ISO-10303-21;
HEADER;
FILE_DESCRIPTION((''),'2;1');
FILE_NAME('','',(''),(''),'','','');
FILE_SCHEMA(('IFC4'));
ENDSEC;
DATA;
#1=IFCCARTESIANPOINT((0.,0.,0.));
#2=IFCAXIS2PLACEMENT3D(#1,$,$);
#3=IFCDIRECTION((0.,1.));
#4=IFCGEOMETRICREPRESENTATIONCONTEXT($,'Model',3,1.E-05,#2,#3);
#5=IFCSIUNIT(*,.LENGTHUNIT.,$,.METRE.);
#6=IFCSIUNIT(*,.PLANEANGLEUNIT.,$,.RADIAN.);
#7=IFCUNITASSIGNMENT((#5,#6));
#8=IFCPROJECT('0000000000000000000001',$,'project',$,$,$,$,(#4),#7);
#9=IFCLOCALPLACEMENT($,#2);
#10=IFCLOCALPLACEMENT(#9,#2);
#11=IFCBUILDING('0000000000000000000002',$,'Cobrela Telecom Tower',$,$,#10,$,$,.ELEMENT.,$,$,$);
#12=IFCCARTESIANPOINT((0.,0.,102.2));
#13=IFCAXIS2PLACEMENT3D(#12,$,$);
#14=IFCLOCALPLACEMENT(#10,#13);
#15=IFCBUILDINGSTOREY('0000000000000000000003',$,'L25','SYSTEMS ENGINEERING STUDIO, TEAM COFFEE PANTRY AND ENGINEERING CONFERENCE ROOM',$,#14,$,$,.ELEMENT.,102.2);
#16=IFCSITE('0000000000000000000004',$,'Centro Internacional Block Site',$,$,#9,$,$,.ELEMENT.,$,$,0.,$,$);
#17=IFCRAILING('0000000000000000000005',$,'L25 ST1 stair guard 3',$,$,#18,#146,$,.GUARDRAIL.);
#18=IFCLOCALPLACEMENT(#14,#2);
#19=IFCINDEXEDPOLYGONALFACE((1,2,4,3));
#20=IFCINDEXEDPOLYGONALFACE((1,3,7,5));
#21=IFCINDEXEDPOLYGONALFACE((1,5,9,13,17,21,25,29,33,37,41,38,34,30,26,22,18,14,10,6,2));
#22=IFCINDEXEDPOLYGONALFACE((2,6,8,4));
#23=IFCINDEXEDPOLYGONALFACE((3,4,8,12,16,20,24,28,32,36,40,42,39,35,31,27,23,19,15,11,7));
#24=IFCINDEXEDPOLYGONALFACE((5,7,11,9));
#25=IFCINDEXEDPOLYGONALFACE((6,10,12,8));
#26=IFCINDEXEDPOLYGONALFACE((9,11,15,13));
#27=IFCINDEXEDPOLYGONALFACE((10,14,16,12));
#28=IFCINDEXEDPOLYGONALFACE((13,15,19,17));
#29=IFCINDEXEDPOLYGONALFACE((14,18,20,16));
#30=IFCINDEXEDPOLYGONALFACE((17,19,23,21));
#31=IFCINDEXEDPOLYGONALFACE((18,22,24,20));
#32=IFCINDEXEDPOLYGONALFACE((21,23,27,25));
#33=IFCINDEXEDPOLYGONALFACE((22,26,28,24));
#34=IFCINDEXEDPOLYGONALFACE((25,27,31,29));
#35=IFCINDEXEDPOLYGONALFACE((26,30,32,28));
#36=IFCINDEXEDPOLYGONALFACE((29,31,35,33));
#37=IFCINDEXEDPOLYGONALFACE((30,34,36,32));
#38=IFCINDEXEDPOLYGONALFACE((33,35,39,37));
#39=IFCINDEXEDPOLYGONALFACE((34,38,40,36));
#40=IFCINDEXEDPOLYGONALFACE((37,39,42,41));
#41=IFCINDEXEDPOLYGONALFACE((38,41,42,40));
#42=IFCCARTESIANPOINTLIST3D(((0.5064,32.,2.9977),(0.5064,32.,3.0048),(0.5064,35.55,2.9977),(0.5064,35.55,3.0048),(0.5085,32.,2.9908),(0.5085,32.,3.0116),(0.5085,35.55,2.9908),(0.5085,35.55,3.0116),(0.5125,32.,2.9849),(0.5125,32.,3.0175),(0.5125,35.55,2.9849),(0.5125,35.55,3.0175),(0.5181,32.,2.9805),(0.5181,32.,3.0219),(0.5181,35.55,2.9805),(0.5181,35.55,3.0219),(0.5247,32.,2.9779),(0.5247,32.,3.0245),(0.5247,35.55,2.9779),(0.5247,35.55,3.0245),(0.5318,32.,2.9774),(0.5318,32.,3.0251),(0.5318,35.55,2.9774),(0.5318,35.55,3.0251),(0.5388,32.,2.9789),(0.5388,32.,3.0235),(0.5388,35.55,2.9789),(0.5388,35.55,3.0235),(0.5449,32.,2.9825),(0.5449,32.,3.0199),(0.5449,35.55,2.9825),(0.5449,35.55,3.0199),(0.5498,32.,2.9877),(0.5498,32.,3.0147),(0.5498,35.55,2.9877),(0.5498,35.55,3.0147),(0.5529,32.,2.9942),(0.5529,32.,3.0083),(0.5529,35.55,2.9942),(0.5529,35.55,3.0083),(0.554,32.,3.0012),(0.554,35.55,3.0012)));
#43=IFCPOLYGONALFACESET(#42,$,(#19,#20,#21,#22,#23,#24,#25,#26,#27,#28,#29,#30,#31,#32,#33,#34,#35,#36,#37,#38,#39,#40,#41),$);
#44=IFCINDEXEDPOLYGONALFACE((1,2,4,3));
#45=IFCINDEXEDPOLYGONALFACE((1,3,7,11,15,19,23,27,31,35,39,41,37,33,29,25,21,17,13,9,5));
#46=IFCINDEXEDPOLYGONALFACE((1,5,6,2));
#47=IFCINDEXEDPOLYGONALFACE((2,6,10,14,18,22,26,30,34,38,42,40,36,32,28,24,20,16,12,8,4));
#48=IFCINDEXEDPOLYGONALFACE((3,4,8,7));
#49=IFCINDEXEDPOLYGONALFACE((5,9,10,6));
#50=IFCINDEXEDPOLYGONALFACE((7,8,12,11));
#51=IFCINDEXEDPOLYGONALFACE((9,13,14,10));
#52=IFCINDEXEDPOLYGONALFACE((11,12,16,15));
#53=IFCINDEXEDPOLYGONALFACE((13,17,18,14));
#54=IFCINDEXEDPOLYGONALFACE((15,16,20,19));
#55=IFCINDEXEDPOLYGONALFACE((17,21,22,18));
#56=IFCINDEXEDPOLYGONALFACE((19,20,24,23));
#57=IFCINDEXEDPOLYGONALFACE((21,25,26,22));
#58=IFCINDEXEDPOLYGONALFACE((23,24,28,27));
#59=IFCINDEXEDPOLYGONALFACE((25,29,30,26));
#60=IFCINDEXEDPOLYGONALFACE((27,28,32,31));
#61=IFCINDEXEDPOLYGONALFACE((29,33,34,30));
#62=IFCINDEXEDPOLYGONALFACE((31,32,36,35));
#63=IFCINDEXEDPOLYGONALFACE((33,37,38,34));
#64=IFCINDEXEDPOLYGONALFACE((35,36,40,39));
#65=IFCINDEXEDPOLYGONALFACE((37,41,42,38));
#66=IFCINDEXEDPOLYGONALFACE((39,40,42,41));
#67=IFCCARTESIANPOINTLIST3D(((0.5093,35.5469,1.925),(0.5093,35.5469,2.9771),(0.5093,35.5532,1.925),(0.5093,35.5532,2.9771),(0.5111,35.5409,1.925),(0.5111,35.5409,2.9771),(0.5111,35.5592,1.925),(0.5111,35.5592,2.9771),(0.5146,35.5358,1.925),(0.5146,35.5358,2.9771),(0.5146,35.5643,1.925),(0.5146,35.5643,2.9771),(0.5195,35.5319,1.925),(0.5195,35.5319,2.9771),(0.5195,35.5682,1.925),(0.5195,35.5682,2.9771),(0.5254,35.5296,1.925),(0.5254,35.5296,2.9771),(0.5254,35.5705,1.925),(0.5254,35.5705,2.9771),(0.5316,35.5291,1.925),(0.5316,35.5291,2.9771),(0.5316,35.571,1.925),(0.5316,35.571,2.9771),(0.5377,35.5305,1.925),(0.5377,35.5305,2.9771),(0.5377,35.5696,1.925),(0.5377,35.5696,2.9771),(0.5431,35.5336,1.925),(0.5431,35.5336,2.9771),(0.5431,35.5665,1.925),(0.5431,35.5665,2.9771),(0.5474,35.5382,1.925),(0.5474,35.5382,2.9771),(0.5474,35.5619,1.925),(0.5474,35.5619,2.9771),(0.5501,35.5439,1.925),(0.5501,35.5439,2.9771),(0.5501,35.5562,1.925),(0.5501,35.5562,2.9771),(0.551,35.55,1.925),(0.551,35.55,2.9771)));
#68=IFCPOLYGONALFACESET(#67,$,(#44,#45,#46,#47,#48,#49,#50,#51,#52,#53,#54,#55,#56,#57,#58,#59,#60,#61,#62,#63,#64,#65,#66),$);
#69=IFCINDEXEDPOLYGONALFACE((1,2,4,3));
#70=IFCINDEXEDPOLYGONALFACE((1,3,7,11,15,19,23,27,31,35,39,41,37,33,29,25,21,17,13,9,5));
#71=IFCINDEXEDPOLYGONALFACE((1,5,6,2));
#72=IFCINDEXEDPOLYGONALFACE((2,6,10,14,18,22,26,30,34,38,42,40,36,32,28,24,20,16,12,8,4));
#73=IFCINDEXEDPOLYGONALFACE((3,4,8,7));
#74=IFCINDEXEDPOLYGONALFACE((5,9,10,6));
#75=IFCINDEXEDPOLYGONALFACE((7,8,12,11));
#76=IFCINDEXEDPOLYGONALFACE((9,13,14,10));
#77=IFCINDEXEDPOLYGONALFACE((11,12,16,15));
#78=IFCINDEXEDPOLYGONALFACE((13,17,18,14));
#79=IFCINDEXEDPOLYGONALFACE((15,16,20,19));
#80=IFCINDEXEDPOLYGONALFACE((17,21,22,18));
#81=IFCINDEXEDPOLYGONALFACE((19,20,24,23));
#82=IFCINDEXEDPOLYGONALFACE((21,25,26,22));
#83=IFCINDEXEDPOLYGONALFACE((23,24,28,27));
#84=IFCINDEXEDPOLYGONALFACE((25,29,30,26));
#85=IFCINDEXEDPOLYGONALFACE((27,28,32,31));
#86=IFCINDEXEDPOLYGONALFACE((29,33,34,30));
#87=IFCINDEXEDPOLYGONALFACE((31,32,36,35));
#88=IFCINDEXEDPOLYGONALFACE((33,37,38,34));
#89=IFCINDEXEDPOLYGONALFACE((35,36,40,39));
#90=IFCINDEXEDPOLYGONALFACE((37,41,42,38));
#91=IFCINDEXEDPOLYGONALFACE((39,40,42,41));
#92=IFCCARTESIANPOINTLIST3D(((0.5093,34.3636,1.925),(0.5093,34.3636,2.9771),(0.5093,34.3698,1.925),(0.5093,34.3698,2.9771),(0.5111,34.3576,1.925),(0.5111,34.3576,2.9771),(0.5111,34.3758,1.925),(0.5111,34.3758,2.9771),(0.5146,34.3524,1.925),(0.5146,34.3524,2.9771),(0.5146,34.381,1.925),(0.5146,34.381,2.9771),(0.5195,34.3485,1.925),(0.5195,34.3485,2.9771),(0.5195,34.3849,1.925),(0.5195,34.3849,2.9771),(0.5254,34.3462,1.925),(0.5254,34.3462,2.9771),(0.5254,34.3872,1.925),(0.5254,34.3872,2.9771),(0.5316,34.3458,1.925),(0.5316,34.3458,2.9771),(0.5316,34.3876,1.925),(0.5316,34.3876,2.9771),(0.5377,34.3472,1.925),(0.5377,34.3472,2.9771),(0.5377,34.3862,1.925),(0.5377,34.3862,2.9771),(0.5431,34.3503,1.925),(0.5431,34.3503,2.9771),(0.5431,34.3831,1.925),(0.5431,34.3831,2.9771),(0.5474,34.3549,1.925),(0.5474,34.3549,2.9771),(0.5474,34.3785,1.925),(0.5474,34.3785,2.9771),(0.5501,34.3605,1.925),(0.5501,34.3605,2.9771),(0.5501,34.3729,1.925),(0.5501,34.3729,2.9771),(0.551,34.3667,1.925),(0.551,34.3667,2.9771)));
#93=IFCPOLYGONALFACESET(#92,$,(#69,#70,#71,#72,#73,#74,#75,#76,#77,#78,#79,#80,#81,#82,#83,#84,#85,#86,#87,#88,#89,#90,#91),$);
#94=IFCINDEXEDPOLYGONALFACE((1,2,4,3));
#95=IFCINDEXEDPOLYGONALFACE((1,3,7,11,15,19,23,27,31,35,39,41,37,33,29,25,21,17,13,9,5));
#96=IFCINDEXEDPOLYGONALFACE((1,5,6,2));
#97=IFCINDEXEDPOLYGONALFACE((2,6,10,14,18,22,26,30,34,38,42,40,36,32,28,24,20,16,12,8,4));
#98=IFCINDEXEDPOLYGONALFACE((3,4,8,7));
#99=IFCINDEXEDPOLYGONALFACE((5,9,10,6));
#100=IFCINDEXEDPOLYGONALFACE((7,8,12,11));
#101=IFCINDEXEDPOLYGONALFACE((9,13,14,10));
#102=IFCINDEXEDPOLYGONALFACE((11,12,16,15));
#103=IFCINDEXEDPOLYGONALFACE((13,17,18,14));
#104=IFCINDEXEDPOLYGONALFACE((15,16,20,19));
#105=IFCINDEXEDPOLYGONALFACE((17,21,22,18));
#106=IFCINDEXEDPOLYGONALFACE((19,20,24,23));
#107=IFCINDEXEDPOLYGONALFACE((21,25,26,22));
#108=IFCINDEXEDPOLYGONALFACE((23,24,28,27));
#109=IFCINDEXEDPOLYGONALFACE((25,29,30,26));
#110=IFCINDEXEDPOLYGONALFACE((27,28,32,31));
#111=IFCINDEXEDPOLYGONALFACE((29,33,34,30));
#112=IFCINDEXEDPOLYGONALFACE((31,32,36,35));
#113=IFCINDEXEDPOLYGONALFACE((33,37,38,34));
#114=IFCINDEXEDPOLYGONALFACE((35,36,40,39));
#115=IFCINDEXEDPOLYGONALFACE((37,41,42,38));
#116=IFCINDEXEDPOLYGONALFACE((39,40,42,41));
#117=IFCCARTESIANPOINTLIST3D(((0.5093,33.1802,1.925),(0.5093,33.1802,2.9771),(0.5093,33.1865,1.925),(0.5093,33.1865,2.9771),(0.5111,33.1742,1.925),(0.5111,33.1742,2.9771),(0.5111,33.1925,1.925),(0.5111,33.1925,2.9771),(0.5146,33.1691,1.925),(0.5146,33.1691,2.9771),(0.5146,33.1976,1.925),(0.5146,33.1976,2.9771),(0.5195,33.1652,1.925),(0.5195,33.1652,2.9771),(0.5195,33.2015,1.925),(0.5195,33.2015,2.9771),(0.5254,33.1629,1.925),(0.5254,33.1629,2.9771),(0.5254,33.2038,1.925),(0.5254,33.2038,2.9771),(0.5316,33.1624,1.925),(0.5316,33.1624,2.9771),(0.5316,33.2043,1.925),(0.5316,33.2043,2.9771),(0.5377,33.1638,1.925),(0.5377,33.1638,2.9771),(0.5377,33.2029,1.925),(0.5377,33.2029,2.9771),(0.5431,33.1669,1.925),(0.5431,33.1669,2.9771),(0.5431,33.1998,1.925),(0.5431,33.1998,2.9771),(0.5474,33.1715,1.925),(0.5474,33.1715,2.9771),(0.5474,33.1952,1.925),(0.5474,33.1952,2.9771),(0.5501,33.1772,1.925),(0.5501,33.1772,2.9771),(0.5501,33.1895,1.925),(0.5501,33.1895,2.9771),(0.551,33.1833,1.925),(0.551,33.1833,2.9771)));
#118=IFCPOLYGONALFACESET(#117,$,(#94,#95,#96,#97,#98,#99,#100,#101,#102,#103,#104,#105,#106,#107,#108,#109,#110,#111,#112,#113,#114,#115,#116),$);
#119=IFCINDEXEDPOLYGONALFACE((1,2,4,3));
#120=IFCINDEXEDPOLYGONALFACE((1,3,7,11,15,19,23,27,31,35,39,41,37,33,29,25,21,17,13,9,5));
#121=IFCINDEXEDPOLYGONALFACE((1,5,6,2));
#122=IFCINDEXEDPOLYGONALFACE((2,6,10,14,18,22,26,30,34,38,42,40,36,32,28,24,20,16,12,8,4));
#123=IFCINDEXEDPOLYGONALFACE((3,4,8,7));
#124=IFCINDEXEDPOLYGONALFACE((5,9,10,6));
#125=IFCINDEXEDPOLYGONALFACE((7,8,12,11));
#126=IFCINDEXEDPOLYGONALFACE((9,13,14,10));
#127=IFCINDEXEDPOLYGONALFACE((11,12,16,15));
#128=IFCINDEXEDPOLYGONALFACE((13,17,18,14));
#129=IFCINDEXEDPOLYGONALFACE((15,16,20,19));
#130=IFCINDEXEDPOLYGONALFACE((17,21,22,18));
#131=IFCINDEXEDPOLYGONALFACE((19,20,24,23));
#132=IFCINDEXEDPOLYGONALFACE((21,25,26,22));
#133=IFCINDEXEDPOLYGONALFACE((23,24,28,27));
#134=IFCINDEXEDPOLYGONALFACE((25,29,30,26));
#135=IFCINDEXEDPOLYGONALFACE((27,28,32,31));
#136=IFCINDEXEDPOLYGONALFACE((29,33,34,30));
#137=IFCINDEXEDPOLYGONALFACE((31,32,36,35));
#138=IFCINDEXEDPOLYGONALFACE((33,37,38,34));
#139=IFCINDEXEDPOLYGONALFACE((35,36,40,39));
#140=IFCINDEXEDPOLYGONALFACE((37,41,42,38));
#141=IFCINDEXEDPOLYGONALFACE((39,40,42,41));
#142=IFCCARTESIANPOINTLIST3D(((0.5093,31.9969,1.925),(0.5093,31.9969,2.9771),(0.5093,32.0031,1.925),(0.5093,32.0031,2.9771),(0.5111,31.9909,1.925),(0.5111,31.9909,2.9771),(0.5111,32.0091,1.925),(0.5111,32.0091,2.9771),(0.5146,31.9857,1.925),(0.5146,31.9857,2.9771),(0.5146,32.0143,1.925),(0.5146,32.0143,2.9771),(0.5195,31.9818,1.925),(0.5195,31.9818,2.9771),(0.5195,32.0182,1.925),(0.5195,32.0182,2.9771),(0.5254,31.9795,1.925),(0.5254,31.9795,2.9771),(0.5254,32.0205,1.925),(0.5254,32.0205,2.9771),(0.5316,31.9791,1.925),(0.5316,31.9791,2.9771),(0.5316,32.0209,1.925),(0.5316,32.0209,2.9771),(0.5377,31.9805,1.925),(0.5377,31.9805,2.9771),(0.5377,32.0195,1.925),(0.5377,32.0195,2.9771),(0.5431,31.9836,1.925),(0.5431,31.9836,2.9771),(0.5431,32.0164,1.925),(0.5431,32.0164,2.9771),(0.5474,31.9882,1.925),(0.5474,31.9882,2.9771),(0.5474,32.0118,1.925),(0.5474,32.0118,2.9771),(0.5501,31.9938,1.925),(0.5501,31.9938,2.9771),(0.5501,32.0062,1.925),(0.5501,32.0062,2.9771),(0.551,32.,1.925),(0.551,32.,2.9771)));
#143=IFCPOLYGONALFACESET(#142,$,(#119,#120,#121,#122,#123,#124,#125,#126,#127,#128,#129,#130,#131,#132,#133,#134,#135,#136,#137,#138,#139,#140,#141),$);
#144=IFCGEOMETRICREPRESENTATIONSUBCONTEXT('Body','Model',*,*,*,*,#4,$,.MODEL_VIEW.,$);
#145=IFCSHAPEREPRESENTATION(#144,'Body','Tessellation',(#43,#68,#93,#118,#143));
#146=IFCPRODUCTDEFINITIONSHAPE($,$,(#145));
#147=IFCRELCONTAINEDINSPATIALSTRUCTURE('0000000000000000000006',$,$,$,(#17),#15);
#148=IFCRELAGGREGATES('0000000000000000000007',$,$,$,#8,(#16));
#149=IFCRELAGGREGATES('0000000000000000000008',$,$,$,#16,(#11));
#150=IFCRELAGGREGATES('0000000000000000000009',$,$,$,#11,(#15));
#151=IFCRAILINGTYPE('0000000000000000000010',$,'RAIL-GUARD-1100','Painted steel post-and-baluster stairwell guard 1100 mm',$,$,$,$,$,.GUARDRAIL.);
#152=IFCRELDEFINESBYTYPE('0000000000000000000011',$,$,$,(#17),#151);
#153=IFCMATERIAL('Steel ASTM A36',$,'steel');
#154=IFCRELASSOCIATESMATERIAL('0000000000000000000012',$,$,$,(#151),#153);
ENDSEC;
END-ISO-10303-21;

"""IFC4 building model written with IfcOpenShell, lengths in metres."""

from ifc_helpers import new_model, si_unit, direction, frame, origin, origin_2d, place, context, subcontext, project, spatial, circle, extrude, material, type_object, element, save


model = new_model("IFC4")

# Units and contexts
model_context = context("Model", 3, precision=1e-05, world=origin(), true_north=direction((0.0, 1.0)))
body_context = subcontext(model_context, "Body", "Model", "MODEL_VIEW")
ifc_project = project(units=[si_unit("LENGTHUNIT", "METRE"), si_unit("PLANEANGLEUNIT", "RADIAN")], contexts=[model_context])

# Site, building, storey
site_placement = place(None, origin())
site = spatial("IfcSite", under=ifc_project, at=site_placement, Name="Centro Internacional Block Site", CompositionType="ELEMENT", RefElevation=0.0)
building_placement = place(site_placement, origin())
building = spatial("IfcBuilding", under=site, at=building_placement, Name="Cobrela Telecom Tower", CompositionType="ELEMENT")
storey_placement = place(building_placement, frame((0.0, 0.0, 102.2)))
storey = spatial("IfcBuildingStorey", under=building, at=storey_placement, Name="L25", Description="SYSTEMS ENGINEERING STUDIO, TEAM COFFEE PANTRY AND ENGINEERING CONFERENCE ROOM", CompositionType="ELEMENT", Elevation=102.2)

# Shared definitions
ifc_material_1 = material(Name="Steel ASTM A36", Category="steel")

# Railing
railing_type_1 = type_object("IfcRailingType", Name="RAIL-GUARD-1100", Description="Painted steel post-and-baluster stairwell guard 1100 mm", PredefinedType="GUARDRAIL", material=ifc_material_1)
railing_1_placement = place(storey_placement, frame((0.53, 35.55, 1.925)))
element("IfcRailing", 1, at=railing_1_placement, inside=storey, type_object=railing_type_1, Name="L25 ST1 stair guard 3", PredefinedType="GUARDRAIL", context=body_context, shape_type="SweptSolid", body=[
    extrude(circle(Radius=0.0239, at=origin_2d()), frame((0.0, 0.0, 1.0762), z_axis=(0.0, -1.0, 0.0), x_axis=(1.0, 0.0, 0.0)), (0.0, 0.0, 1.0), 3.55),
    extrude(circle(Radius=0.021, at=origin_2d()), origin(), (0.0, 0.0, 1.0), 1.052),
    extrude(circle(Radius=0.021, at=origin_2d()), frame((0.0, -1.1833, 0.0)), (0.0, 0.0, 1.0), 1.052),
    extrude(circle(Radius=0.021, at=origin_2d()), frame((0.0, -2.3667, 0.0)), (0.0, 0.0, 1.0), 1.052),
    extrude(circle(Radius=0.021, at=origin_2d()), frame((0.0, -3.55, 0.0)), (0.0, 0.0, 1.0), 1.052),
])

save(model, "model.ifc")
